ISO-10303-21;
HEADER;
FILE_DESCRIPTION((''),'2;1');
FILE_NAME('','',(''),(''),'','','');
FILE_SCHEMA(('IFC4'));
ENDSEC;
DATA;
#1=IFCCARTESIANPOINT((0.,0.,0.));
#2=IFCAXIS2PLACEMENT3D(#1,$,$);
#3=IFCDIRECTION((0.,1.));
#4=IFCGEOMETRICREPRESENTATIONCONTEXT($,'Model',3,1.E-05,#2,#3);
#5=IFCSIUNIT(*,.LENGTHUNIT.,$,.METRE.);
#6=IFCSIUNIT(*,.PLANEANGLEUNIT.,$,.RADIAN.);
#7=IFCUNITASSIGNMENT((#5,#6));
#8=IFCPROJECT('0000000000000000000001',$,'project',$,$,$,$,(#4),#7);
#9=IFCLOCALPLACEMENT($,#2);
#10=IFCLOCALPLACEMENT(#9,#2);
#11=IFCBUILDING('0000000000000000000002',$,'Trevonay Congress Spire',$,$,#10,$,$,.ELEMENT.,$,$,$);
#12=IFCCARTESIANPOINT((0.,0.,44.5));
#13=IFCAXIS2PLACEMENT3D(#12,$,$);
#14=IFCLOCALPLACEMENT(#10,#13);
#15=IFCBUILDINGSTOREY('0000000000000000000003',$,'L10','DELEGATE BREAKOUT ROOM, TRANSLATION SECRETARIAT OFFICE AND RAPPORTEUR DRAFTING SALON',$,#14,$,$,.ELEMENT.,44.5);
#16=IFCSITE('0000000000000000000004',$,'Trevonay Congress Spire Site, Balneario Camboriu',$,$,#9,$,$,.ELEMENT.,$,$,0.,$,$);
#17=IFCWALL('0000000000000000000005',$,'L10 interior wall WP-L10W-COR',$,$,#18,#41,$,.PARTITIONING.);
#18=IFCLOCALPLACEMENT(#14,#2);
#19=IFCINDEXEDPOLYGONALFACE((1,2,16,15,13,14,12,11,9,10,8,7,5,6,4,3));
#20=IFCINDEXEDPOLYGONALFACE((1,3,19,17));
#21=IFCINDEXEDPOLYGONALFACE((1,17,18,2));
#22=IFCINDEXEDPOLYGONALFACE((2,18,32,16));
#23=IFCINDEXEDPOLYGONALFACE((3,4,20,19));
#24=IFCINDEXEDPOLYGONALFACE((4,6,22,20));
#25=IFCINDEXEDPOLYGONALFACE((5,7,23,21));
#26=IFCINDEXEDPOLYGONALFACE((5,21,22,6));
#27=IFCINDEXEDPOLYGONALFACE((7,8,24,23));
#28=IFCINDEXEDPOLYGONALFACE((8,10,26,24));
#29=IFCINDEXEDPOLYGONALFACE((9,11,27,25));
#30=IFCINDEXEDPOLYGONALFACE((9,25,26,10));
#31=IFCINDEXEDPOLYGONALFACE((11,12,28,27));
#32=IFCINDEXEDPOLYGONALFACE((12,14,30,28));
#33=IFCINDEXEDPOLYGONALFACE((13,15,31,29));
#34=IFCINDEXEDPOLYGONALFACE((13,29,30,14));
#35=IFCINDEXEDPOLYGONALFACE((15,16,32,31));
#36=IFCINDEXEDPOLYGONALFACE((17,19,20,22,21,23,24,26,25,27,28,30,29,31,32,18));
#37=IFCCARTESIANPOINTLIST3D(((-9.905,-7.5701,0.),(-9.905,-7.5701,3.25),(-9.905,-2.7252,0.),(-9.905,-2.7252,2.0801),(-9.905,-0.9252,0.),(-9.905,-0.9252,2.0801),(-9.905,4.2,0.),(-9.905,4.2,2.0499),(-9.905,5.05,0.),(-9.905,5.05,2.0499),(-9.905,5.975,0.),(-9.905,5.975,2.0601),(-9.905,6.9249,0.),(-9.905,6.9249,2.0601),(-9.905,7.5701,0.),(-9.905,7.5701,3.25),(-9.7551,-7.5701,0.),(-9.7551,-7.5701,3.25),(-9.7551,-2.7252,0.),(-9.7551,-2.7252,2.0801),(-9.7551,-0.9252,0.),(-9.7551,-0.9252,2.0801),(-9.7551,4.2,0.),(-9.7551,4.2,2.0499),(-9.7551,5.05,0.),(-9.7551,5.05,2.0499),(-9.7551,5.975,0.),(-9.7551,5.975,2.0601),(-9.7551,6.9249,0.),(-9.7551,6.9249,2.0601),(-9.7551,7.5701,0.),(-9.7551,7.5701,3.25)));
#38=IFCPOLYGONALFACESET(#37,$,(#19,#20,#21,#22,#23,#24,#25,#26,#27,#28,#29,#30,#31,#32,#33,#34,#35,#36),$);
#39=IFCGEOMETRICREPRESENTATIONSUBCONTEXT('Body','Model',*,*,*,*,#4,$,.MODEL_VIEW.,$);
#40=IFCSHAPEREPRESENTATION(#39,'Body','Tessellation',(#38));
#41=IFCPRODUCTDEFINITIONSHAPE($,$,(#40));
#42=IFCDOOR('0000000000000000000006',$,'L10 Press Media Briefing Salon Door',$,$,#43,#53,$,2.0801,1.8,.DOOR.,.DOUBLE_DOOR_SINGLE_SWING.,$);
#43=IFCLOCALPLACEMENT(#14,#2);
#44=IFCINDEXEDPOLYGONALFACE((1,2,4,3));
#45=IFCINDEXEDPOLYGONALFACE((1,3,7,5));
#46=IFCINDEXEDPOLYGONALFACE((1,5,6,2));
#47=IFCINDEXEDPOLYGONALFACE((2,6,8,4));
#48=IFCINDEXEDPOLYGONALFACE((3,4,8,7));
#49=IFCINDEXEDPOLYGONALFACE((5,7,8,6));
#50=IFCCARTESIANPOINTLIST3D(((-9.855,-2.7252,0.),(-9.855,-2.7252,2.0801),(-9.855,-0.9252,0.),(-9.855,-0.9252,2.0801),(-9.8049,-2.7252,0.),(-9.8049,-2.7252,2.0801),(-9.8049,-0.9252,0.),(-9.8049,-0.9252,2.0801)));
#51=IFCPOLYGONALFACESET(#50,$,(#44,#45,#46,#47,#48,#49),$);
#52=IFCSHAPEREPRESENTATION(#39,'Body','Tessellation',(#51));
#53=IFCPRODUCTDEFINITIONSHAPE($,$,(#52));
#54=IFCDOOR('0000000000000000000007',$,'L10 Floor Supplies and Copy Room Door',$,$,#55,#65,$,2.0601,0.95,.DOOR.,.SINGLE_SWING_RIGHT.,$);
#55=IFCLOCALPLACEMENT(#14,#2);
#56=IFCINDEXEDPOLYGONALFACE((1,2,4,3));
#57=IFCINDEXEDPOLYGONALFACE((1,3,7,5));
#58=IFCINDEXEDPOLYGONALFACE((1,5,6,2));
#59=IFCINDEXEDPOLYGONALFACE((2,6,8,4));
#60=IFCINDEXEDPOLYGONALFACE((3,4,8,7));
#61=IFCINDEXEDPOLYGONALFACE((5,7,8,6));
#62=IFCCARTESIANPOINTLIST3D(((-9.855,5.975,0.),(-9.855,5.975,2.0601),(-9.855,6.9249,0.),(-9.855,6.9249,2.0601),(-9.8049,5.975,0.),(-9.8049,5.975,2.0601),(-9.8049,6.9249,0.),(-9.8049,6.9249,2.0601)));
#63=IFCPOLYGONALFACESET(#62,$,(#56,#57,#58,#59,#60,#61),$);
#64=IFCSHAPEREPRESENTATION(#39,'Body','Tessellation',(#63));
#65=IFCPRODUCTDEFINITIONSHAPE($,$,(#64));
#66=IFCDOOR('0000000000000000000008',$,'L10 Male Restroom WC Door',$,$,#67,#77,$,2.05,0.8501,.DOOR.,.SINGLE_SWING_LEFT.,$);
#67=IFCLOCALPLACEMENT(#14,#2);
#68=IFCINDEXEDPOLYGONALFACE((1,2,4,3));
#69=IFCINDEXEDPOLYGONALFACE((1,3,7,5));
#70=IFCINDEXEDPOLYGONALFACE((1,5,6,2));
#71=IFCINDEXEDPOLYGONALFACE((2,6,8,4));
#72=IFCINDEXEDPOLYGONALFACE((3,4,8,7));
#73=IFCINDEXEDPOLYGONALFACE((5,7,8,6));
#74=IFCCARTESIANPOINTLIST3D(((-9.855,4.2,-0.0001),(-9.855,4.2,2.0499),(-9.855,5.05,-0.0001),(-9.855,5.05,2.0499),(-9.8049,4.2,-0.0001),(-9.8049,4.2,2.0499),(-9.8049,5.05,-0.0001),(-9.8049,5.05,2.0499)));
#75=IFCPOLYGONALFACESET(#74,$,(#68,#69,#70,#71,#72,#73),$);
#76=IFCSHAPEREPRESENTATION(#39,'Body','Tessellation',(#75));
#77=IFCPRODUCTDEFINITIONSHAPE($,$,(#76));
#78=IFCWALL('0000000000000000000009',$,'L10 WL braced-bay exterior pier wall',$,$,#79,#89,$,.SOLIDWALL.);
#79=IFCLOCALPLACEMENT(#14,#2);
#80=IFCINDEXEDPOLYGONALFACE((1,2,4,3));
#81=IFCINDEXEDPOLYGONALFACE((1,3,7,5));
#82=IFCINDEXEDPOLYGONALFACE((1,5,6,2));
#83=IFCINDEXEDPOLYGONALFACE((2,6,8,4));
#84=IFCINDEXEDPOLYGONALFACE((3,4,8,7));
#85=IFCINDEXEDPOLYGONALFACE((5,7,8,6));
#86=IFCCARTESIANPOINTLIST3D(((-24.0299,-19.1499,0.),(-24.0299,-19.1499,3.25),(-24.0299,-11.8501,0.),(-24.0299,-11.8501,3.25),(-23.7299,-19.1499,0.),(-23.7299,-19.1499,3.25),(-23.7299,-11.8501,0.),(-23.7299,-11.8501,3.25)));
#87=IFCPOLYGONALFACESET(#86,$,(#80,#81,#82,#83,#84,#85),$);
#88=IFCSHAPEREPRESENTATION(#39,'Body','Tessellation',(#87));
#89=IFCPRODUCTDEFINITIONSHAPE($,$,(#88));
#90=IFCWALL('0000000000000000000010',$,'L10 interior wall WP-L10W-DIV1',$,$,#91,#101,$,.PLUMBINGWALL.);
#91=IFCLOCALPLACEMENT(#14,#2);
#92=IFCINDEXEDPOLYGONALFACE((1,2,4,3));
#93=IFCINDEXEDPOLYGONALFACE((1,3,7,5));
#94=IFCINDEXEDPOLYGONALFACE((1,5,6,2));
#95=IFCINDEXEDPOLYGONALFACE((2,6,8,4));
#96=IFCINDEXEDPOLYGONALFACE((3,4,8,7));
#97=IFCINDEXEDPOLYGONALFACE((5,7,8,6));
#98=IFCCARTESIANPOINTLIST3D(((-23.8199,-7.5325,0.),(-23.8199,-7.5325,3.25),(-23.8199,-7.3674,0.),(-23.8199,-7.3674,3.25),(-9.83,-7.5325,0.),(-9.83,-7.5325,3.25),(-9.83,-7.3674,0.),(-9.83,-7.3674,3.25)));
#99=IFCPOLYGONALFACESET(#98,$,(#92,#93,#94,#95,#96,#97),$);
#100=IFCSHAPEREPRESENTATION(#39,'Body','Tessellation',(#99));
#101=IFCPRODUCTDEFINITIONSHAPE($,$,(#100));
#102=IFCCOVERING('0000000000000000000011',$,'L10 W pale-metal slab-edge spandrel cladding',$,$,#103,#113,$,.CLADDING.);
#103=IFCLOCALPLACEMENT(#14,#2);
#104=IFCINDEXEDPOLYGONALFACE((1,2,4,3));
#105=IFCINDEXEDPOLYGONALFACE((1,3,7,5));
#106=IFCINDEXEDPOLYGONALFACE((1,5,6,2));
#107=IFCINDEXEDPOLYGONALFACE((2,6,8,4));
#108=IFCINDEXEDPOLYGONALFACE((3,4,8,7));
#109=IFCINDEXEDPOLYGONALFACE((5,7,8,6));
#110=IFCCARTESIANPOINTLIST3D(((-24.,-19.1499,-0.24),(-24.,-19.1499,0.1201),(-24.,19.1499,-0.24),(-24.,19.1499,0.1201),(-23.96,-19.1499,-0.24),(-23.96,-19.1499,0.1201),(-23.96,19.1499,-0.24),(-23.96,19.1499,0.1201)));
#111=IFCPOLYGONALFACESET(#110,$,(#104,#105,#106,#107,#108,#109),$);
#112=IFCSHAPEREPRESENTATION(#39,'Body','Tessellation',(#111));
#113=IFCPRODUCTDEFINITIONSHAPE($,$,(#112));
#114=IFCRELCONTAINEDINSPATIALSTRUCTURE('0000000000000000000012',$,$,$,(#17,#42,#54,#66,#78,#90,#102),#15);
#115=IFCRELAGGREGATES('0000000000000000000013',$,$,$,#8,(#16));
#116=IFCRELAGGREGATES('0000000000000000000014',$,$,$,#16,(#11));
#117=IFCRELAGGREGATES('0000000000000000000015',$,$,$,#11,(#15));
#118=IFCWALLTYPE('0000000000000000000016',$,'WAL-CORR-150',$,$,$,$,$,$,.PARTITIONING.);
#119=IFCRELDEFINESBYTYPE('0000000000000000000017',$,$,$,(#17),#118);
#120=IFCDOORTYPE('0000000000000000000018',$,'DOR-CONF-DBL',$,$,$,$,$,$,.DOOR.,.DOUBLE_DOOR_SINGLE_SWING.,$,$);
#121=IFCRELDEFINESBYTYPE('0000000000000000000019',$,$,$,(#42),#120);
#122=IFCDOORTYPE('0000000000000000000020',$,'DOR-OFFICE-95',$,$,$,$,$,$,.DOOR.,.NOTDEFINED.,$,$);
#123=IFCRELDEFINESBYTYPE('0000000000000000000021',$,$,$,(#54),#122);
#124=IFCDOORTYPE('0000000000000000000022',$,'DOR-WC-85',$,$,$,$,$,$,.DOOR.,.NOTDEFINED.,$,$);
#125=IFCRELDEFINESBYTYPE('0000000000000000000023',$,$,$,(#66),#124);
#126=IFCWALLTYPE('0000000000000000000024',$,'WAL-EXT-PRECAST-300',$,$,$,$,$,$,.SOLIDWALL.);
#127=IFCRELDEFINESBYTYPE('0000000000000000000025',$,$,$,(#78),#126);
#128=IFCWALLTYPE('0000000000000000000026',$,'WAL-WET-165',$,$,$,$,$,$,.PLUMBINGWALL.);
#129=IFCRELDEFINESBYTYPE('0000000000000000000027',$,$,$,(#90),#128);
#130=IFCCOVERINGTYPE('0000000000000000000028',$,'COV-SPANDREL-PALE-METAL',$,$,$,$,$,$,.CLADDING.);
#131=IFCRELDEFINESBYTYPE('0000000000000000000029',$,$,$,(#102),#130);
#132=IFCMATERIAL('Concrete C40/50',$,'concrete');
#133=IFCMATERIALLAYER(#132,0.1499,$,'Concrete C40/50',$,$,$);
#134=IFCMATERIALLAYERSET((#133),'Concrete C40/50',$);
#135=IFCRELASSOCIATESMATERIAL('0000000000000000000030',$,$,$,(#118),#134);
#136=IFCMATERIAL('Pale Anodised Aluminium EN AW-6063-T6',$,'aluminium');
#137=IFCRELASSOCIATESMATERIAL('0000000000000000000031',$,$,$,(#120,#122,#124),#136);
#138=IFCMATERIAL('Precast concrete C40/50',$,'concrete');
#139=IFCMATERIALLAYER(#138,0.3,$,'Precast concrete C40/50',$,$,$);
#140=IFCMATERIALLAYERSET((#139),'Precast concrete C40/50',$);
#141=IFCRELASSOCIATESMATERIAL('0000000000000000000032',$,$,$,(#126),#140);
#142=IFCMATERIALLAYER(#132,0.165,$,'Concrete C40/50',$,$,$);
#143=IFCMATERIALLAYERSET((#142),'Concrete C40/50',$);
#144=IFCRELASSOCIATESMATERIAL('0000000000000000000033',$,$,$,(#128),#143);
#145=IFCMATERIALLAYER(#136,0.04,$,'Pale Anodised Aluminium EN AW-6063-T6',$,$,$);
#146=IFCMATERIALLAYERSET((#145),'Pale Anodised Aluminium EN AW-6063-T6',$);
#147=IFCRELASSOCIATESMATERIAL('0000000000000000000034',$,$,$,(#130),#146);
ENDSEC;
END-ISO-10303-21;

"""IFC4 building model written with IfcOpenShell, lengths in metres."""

from ifc_helpers import new_model, si_unit, direction, frame, frame_2d, origin, place, context, subcontext, project, spatial, rectangle, extrude, material, layer, layer_set, type_object, element, fill, save


model = new_model("IFC4")

# Units and contexts
model_context = context("Model", 3, precision=1e-05, world=origin(), true_north=direction((0.0, 1.0)))
body_context = subcontext(model_context, "Body", "Model", "MODEL_VIEW")
ifc_project = project(units=[si_unit("LENGTHUNIT", "METRE"), si_unit("PLANEANGLEUNIT", "RADIAN")], contexts=[model_context])

# Site, building, storey
site_placement = place(None, origin())
site = spatial("IfcSite", under=ifc_project, at=site_placement, Name="Trevonay Congress Spire Site, Balneario Camboriu", CompositionType="ELEMENT", RefElevation=0.0)
building_placement = place(site_placement, origin())
building = spatial("IfcBuilding", under=site, at=building_placement, Name="Trevonay Congress Spire", CompositionType="ELEMENT")
storey_placement = place(building_placement, frame((0.0, 0.0, 44.5)))
storey = spatial("IfcBuildingStorey", under=building, at=storey_placement, Name="L10", Description="DELEGATE BREAKOUT ROOM, TRANSLATION SECRETARIAT OFFICE AND RAPPORTEUR DRAFTING SALON", CompositionType="ELEMENT", Elevation=44.5)

# Shared definitions
ifc_material_1 = material(Name="Pale Anodised Aluminium EN AW-6063-T6", Category="aluminium")

# Wall, openings, doors
ifc_material_2 = material(Name="Concrete C40/50", Category="concrete")
ifc_layer_1 = layer(ifc_material_2, 0.1499, Name="Concrete C40/50")
ifc_layer_set_1 = layer_set([ifc_layer_1], Name="Concrete C40/50")
wall_type_1 = type_object("IfcWallType", Name="WAL-CORR-150", PredefinedType="PARTITIONING", material=ifc_layer_set_1)
door_type_1 = type_object("IfcDoorType", Name="DOR-CONF-DBL", OperationType="DOUBLE_DOOR_SINGLE_SWING", PredefinedType="DOOR", material=ifc_material_1)
door_type_2 = type_object("IfcDoorType", Name="DOR-OFFICE-95", OperationType="NOTDEFINED", PredefinedType="DOOR", material=ifc_material_1)
door_type_3 = type_object("IfcDoorType", Name="DOR-WC-85", OperationType="NOTDEFINED", PredefinedType="DOOR", material=ifc_material_1)
wall_1_placement = place(storey_placement, frame((-9.8301, -7.5701, 0.0), z_axis=(0.0, 0.0, 1.0), x_axis=(0.0, 1.0, 0.0)))
wall_1 = element("IfcWall", 1, at=wall_1_placement, inside=storey, type_object=wall_type_1, Name="L10 interior wall WP-L10W-COR", PredefinedType="PARTITIONING", context=body_context, shape_type="SweptSolid", body=[
    extrude(rectangle(XDim=15.1401, YDim=0.1499, at=frame_2d((7.5701, 0.0))), origin(), (0.0, 0.0, 1.0), 3.25),
])
opening_1_placement = place(wall_1_placement, frame((4.845, 0.0, 0.0)))
opening_1 = element("IfcOpeningElement", 2, at=opening_1_placement, cuts=wall_1, PredefinedType="OPENING", context=body_context, shape_type="SweptSolid", body=[
    extrude(rectangle(XDim=1.8, YDim=2.0801, at=frame_2d((0.8999, 1.04))), frame((0.0, 0.085, 0.0), z_axis=(0.0, -1.0, 0.0), x_axis=(1.0, 0.0, 0.0)), (0.0, 0.0, 1.0), 0.1699),
])
opening_2_placement = place(wall_1_placement, frame((11.77, 0.0, 0.0)))
opening_2 = element("IfcOpeningElement", 3, at=opening_2_placement, cuts=wall_1, PredefinedType="OPENING", context=body_context, shape_type="SweptSolid", body=[
    extrude(rectangle(XDim=0.8501, YDim=2.05, at=frame_2d((0.425, 1.0249))), frame((0.0, 0.085, 0.0), z_axis=(0.0, -1.0, 0.0), x_axis=(1.0, 0.0, 0.0)), (0.0, 0.0, 1.0), 0.1699),
])
opening_3_placement = place(wall_1_placement, frame((13.5449, 0.0, 0.0)))
opening_3 = element("IfcOpeningElement", 4, at=opening_3_placement, cuts=wall_1, PredefinedType="OPENING", context=body_context, shape_type="SweptSolid", body=[
    extrude(rectangle(XDim=0.95, YDim=2.0601, at=frame_2d((0.4751, 1.03))), frame((0.0, 0.085, 0.0), z_axis=(0.0, -1.0, 0.0), x_axis=(1.0, 0.0, 0.0)), (0.0, 0.0, 1.0), 0.1699),
])
door_1_placement = place(opening_1_placement, origin())
door_1 = element("IfcDoor", 5, at=door_1_placement, inside=storey, type_object=door_type_1, Name="L10 Press Media Briefing Salon Door", OperationType="DOUBLE_DOOR_SINGLE_SWING", OverallHeight=2.0801, OverallWidth=1.8, PredefinedType="DOOR", context=body_context, shape_type="SweptSolid", body=[
    extrude(rectangle(XDim=1.8, YDim=2.0801, at=frame_2d((0.8999, 1.04))), frame((0.0, 0.0249, 0.0), z_axis=(0.0, -1.0, 0.0), x_axis=(1.0, 0.0, 0.0)), (0.0, 0.0, 1.0), 0.05),
])
fill(opening_1, door_1)
door_2_placement = place(opening_3_placement, origin())
door_2 = element("IfcDoor", 6, at=door_2_placement, inside=storey, type_object=door_type_2, Name="L10 Floor Supplies and Copy Room Door", OperationType="SINGLE_SWING_RIGHT", OverallHeight=2.0601, OverallWidth=0.95, PredefinedType="DOOR", context=body_context, shape_type="SweptSolid", body=[
    extrude(rectangle(XDim=0.95, YDim=2.0601, at=frame_2d((0.4751, 1.03))), frame((0.0, 0.0249, 0.0), z_axis=(0.0, -1.0, 0.0), x_axis=(1.0, 0.0, 0.0)), (0.0, 0.0, 1.0), 0.05),
])
fill(opening_3, door_2)
door_3_placement = place(opening_2_placement, origin())
door_3 = element("IfcDoor", 7, at=door_3_placement, inside=storey, type_object=door_type_3, Name="L10 Male Restroom WC Door", OperationType="SINGLE_SWING_LEFT", OverallHeight=2.05, OverallWidth=0.8501, PredefinedType="DOOR", context=body_context, shape_type="SweptSolid", body=[
    extrude(rectangle(XDim=0.8501, YDim=2.05, at=frame_2d((0.425, 1.0249))), frame((0.0, 0.0249, 0.0), z_axis=(0.0, -1.0, 0.0), x_axis=(1.0, 0.0, 0.0)), (0.0, 0.0, 1.0), 0.05),
])
fill(opening_2, door_3)

# Walls
ifc_material_3 = material(Name="Precast concrete C40/50", Category="concrete")
ifc_layer_2 = layer(ifc_material_3, 0.3, Name="Precast concrete C40/50")
ifc_layer_set_2 = layer_set([ifc_layer_2], Name="Precast concrete C40/50")
wall_type_2 = type_object("IfcWallType", Name="WAL-EXT-PRECAST-300", PredefinedType="SOLIDWALL", material=ifc_layer_set_2)
wall_2_placement = place(storey_placement, frame((-23.8799, -19.1499, 0.0), z_axis=(0.0, 0.0, 1.0), x_axis=(0.0, 1.0, 0.0)))
element("IfcWall", 8, at=wall_2_placement, inside=storey, type_object=wall_type_2, Name="L10 WL braced-bay exterior pier wall", PredefinedType="SOLIDWALL", context=body_context, shape_type="SweptSolid", body=[
    extrude(rectangle(XDim=7.2998, YDim=0.3, at=frame_2d((3.6499, 0.0))), origin(), (0.0, 0.0, 1.0), 3.25),
])
ifc_layer_3 = layer(ifc_material_2, 0.165, Name="Concrete C40/50")
ifc_layer_set_3 = layer_set([ifc_layer_3], Name="Concrete C40/50")
wall_type_3 = type_object("IfcWallType", Name="WAL-WET-165", PredefinedType="PLUMBINGWALL", material=ifc_layer_set_3)
wall_3_placement = place(storey_placement, frame((-23.8201, -7.45, 0.0), z_axis=(0.0, 0.0, 1.0), x_axis=(1.0, 0.0, 0.0)))
element("IfcWall", 9, at=wall_3_placement, inside=storey, type_object=wall_type_3, Name="L10 interior wall WP-L10W-DIV1", PredefinedType="PLUMBINGWALL", context=body_context, shape_type="SweptSolid", body=[
    extrude(rectangle(XDim=13.99, YDim=0.165, at=frame_2d((6.9951, 0.0))), origin(), (0.0, 0.0, 1.0), 3.25),
])

# Covering
ifc_layer_4 = layer(ifc_material_1, 0.04, Name="Pale Anodised Aluminium EN AW-6063-T6")
ifc_layer_set_4 = layer_set([ifc_layer_4], Name="Pale Anodised Aluminium EN AW-6063-T6")
covering_type = type_object("IfcCoveringType", Name="COV-SPANDREL-PALE-METAL", PredefinedType="CLADDING", material=ifc_layer_set_4)
covering_placement = place(storey_placement, frame((-23.98, -19.1499, -0.24), z_axis=(0.0, 0.0, 1.0), x_axis=(0.0, 1.0, 0.0)))
element("IfcCovering", 10, at=covering_placement, inside=storey, type_object=covering_type, Name="L10 W pale-metal slab-edge spandrel cladding", PredefinedType="CLADDING", context=body_context, shape_type="SweptSolid", body=[
    extrude(rectangle(XDim=38.2998, YDim=0.04, at=frame_2d((19.1499, 0.0))), origin(), (0.0, 0.0, 1.0), 0.3601),
])

save(model, "model.ifc")
